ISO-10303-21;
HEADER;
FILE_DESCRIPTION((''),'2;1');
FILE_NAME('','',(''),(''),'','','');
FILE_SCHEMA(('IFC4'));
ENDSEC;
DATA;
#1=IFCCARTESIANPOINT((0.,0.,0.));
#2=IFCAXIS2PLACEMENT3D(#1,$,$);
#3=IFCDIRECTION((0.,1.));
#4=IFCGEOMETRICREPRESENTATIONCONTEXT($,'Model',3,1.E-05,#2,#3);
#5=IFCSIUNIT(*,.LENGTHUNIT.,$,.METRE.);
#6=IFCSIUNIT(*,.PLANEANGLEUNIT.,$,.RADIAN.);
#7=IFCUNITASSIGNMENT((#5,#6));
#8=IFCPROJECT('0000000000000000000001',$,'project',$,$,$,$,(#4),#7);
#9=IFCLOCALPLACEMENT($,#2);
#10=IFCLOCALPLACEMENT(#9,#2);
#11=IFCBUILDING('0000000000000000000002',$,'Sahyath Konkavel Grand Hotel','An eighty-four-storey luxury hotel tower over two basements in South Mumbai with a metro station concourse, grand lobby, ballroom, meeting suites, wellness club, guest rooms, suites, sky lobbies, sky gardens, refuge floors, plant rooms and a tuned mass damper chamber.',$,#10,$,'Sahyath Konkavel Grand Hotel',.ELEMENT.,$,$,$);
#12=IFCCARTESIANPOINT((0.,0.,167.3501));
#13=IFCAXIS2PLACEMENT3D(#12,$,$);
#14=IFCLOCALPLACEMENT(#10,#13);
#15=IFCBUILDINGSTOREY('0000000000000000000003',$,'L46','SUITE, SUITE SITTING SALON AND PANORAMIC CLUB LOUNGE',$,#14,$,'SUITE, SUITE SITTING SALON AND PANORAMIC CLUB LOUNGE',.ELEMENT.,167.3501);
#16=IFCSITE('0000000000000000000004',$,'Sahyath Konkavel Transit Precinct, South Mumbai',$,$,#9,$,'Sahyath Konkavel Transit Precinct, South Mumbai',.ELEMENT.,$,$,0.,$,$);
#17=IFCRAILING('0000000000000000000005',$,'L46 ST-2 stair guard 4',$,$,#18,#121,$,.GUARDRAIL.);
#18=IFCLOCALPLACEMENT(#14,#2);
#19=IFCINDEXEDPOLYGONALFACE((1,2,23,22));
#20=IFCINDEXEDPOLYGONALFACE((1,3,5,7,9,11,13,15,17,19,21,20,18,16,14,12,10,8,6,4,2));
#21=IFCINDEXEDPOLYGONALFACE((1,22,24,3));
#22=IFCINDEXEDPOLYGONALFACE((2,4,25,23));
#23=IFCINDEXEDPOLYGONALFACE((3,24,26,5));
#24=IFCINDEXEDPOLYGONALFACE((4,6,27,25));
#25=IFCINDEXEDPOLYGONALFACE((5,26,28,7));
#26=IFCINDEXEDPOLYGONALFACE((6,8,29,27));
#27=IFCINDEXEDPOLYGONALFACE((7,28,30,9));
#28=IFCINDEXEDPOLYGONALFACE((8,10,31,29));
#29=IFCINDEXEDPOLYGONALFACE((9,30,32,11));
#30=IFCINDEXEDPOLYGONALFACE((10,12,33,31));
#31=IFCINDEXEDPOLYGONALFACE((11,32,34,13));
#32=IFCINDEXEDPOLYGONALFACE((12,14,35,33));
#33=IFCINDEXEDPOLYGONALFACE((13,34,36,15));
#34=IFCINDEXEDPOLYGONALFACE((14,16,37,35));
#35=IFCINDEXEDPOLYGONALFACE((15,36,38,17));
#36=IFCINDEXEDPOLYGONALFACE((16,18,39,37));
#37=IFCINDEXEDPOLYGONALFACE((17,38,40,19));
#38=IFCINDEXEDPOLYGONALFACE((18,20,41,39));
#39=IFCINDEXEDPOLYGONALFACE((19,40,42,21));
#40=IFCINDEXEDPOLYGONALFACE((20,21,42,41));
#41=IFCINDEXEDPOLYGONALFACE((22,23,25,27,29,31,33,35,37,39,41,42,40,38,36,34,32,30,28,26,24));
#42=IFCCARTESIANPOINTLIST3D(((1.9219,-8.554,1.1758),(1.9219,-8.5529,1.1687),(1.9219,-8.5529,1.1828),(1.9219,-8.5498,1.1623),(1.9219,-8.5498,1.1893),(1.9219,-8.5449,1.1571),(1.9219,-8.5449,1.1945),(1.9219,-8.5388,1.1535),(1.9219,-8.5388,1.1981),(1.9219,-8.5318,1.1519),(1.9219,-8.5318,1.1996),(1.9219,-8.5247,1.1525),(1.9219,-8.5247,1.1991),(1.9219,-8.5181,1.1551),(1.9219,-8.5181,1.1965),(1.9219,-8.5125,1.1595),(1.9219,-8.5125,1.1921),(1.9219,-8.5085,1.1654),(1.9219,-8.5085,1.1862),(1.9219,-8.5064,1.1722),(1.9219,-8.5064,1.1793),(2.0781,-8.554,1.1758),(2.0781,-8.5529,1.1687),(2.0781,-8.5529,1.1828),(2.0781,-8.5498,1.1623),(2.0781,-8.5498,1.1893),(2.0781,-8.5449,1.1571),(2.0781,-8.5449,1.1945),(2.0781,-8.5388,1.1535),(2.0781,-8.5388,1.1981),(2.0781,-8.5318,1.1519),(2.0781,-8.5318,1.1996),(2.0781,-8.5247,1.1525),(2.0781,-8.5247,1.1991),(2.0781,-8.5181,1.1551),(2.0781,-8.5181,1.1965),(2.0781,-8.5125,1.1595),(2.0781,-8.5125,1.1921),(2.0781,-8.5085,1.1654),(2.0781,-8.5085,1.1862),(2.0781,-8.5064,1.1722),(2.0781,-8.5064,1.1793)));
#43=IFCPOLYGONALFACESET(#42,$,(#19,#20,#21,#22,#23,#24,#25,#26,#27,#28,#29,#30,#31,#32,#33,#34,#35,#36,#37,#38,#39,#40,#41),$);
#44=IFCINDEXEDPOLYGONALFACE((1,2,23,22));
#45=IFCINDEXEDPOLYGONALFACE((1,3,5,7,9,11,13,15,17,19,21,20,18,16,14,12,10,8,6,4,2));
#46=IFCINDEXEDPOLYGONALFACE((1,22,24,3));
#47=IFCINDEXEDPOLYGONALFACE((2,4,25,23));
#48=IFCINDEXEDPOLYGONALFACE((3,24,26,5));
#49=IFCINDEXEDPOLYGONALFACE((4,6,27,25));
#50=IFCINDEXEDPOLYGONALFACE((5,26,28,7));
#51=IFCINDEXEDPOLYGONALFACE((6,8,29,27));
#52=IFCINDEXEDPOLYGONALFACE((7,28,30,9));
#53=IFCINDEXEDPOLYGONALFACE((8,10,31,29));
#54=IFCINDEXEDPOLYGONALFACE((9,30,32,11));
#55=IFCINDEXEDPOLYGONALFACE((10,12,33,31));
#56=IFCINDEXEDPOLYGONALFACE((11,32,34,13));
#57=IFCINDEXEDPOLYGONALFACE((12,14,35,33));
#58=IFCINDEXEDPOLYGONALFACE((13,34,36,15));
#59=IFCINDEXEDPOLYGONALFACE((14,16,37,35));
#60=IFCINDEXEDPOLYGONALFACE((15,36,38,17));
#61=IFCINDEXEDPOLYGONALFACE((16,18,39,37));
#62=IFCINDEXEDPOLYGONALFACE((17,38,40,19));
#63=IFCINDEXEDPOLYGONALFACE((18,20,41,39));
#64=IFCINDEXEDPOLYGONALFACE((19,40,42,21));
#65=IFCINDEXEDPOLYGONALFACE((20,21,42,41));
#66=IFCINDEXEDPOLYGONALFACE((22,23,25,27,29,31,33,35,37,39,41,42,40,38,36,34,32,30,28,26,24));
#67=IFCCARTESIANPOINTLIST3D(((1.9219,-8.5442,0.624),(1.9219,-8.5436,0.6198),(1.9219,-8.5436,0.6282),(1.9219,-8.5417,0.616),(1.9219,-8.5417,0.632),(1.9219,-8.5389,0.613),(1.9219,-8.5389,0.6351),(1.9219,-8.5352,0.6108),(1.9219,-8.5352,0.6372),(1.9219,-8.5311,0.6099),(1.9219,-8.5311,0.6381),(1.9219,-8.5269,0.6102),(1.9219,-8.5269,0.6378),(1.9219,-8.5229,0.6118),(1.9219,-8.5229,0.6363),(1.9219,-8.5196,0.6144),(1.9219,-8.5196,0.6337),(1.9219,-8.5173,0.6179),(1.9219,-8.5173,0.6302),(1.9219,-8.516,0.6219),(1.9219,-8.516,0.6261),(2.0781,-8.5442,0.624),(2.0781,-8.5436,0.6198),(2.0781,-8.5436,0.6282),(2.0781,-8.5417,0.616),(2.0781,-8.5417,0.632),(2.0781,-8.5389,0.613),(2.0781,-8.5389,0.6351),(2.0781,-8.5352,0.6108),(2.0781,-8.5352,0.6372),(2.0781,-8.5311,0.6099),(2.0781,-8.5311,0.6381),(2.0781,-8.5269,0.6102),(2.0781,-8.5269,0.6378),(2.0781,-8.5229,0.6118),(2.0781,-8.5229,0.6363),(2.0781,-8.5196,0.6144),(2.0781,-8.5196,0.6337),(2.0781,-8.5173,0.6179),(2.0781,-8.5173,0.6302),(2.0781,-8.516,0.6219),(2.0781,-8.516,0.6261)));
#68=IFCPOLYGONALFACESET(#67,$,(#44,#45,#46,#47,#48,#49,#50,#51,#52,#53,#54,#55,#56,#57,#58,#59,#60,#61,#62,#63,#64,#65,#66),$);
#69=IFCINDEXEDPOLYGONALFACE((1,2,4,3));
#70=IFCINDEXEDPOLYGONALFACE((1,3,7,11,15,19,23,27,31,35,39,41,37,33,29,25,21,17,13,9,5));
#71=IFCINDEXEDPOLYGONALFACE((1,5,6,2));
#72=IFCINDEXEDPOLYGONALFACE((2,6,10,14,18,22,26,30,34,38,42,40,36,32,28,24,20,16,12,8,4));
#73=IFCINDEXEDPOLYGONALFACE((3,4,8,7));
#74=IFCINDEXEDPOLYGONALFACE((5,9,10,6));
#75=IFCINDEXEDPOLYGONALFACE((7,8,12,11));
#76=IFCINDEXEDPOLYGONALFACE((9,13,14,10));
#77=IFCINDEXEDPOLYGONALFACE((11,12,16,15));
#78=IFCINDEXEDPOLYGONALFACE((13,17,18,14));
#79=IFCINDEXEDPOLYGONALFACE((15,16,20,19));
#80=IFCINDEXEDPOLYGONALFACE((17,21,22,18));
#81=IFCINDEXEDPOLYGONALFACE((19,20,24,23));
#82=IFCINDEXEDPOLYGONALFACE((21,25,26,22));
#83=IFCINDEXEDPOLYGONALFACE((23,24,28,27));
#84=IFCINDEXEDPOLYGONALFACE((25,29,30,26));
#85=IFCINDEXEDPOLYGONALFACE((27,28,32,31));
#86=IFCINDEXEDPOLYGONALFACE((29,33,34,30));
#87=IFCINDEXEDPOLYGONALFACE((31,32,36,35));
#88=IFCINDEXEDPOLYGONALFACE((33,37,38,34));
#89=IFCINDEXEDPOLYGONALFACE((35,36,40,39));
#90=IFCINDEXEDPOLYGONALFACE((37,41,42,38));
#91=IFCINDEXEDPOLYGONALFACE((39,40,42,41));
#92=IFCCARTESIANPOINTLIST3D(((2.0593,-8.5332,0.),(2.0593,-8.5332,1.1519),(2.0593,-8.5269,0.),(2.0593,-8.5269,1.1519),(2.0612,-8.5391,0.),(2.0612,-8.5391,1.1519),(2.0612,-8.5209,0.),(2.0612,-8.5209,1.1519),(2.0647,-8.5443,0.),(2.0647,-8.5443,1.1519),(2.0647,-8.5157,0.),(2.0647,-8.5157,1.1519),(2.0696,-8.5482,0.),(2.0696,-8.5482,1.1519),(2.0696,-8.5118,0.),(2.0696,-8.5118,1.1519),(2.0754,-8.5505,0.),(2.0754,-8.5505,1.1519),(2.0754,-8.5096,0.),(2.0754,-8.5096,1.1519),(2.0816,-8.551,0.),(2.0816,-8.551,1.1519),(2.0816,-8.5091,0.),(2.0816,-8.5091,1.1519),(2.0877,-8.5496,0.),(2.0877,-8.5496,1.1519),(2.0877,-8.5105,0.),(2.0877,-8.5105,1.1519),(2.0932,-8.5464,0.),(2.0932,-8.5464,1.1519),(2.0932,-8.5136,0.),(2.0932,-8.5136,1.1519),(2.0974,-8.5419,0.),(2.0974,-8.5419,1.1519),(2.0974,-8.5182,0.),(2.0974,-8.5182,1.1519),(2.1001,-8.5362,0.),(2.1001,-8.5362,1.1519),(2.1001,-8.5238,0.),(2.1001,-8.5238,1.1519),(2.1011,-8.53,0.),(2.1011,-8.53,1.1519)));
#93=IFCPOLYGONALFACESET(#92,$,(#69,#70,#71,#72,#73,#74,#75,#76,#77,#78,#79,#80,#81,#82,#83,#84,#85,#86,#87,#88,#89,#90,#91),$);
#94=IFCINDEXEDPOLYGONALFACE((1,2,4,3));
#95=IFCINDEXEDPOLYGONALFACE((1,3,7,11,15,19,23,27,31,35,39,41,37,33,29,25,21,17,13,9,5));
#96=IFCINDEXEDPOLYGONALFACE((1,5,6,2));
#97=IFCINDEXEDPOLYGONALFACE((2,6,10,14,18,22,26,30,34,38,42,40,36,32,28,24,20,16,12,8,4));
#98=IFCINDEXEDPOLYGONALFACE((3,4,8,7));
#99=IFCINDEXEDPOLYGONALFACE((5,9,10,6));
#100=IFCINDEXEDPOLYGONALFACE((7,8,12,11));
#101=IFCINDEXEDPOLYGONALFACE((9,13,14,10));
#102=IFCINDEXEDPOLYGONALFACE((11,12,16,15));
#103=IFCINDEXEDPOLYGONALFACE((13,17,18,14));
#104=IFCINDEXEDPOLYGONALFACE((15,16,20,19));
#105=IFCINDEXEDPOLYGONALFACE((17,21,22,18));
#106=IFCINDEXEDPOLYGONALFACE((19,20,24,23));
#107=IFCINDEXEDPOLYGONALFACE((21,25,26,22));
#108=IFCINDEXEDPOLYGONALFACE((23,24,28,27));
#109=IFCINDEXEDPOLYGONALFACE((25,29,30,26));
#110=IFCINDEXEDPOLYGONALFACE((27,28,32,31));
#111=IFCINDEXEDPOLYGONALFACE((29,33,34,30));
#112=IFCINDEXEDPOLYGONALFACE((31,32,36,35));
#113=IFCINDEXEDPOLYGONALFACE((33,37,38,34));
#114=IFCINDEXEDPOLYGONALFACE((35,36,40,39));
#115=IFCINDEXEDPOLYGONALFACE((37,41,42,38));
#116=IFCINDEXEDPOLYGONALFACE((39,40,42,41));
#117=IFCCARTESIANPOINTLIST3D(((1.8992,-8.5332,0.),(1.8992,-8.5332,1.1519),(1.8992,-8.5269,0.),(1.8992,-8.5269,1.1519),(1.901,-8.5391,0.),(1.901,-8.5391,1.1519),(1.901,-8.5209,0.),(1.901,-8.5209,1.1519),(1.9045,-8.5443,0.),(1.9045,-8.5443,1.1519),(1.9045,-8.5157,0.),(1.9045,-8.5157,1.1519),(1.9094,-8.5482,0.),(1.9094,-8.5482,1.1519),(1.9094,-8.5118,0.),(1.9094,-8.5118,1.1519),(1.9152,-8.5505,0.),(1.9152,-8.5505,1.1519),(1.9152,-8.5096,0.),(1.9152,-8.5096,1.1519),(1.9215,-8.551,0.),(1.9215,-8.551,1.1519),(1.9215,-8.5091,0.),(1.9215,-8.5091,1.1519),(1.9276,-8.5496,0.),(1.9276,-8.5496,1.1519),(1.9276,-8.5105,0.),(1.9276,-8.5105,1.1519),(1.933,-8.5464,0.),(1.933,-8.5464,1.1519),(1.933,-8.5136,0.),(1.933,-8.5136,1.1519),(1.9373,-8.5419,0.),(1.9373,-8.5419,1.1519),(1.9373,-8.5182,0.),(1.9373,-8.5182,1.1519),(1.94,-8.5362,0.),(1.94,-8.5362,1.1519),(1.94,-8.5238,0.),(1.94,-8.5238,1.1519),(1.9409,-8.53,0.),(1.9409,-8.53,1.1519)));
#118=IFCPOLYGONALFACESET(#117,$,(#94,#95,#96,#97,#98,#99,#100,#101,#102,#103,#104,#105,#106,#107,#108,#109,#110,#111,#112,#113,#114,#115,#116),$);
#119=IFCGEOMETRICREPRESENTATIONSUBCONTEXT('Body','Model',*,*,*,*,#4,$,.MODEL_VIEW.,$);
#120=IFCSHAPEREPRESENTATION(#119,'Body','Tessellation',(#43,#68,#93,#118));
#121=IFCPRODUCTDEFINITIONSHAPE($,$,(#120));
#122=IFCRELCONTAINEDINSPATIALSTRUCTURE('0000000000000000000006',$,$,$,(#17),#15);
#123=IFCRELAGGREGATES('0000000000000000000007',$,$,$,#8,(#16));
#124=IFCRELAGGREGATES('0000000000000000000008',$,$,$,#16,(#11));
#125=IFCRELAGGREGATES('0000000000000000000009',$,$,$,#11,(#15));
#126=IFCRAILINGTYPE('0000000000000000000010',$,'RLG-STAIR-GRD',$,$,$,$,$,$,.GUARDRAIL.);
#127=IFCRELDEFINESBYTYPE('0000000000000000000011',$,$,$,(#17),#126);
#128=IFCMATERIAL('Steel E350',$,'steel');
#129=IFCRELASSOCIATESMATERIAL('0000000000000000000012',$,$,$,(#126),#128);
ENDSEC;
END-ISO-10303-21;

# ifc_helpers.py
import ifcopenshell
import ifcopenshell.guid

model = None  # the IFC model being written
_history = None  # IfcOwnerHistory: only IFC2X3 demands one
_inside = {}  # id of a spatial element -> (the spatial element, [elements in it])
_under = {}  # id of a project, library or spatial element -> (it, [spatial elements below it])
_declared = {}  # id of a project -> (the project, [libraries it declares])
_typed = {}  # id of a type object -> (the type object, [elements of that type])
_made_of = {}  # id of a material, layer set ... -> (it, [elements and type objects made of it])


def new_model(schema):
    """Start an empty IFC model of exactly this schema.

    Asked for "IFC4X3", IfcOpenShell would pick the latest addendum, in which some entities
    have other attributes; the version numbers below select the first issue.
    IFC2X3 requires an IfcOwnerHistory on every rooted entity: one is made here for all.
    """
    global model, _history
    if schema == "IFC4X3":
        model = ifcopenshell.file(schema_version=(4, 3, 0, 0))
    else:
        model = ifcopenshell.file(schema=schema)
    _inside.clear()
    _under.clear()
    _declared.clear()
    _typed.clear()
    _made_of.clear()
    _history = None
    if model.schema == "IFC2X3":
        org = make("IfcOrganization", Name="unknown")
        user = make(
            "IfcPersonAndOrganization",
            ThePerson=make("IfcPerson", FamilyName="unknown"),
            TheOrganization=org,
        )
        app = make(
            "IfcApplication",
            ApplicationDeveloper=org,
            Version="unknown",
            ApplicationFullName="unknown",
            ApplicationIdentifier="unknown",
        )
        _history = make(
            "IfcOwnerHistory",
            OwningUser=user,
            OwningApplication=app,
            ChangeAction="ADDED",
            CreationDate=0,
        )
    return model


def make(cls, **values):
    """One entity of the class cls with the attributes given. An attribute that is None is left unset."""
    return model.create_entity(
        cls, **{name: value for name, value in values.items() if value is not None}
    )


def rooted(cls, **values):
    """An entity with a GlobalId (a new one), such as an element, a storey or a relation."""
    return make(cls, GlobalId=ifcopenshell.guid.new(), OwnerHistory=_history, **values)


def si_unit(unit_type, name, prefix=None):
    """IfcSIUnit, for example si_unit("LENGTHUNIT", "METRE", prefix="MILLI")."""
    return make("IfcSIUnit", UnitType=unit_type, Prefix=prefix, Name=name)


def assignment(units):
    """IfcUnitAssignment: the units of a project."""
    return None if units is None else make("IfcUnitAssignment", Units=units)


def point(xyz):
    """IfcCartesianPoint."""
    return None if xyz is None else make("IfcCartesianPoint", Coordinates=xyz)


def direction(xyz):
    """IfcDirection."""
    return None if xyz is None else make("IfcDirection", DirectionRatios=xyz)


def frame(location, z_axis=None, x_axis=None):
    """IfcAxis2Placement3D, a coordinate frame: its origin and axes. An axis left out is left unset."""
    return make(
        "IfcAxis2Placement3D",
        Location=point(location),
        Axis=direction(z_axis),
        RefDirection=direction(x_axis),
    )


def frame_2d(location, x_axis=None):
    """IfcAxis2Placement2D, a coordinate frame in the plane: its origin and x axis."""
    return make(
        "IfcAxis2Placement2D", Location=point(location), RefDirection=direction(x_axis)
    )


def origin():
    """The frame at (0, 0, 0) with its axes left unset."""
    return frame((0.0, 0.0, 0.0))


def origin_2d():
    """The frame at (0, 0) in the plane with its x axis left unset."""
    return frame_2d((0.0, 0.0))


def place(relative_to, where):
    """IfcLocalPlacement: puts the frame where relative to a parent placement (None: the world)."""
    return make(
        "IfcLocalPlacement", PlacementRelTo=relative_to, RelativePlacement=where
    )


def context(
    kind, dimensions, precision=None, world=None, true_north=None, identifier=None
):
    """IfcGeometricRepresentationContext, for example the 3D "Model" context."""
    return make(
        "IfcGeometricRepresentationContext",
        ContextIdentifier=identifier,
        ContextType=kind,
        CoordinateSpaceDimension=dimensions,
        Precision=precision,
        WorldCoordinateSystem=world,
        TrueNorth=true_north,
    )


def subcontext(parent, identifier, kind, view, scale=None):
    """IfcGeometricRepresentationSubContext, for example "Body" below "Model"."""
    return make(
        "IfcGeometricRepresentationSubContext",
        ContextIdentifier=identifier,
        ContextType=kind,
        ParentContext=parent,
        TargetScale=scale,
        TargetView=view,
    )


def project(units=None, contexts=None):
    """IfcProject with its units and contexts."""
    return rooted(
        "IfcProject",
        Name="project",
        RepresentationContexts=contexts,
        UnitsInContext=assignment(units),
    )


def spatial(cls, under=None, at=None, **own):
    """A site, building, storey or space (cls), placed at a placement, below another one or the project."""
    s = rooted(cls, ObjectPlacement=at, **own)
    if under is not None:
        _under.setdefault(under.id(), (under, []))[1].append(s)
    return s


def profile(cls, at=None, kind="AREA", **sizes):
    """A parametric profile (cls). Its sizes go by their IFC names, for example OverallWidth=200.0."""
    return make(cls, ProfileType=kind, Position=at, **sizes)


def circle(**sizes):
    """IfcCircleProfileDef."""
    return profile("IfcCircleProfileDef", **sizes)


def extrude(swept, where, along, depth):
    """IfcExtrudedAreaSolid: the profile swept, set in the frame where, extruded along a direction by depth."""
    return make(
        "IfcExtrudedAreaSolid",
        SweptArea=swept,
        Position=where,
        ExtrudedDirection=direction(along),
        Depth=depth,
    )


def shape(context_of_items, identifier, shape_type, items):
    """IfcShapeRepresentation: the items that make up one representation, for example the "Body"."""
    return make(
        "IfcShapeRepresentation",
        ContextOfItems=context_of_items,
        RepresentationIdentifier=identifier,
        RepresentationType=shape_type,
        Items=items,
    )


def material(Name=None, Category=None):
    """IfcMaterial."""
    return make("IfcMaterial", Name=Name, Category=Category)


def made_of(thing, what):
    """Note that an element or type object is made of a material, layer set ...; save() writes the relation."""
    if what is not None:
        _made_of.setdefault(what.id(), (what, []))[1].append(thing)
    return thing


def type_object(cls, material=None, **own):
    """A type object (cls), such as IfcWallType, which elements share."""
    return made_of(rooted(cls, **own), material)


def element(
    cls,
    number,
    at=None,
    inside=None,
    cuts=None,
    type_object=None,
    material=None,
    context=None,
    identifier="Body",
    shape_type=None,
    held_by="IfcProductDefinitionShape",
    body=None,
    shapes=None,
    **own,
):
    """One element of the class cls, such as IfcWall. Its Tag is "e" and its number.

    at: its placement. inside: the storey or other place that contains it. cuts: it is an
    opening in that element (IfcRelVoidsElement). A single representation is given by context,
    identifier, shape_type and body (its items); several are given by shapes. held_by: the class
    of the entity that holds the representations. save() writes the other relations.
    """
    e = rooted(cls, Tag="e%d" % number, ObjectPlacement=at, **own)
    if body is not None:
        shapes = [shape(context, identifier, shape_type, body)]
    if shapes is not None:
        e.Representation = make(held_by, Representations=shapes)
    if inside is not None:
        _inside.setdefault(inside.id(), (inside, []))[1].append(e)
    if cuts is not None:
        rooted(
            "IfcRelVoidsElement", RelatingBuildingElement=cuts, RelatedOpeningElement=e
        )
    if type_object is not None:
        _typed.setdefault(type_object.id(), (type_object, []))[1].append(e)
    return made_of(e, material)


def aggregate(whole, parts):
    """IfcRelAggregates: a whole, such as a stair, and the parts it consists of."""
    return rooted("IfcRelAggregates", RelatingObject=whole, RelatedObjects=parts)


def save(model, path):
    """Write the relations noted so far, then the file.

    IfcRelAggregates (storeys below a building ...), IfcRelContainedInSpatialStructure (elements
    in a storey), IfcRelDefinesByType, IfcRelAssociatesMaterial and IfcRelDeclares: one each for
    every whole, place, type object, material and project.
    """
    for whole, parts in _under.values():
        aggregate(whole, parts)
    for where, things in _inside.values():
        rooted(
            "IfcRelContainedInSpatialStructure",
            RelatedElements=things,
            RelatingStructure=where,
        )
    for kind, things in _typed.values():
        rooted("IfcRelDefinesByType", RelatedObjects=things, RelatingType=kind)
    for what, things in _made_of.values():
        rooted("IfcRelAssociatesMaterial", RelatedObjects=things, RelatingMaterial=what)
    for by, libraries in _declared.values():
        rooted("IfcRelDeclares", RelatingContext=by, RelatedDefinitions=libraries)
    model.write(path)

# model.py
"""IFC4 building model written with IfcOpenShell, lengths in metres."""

from ifc_helpers import new_model, si_unit, direction, frame, origin, origin_2d, place, context, subcontext, project, spatial, circle, extrude, material, type_object, element, save


model = new_model("IFC4")

# Units and contexts
model_context = context("Model", 3, precision=1e-05, world=origin(), true_north=direction((0.0, 1.0)))
body_context = subcontext(model_context, "Body", "Model", "MODEL_VIEW")
ifc_project = project(units=[si_unit("LENGTHUNIT", "METRE"), si_unit("PLANEANGLEUNIT", "RADIAN")], contexts=[model_context])

# Site, building, storey
site_placement = place(None, origin())
site = spatial("IfcSite", under=ifc_project, at=site_placement, Name="Sahyath Konkavel Transit Precinct, South Mumbai", LongName="Sahyath Konkavel Transit Precinct, South Mumbai", CompositionType="ELEMENT", RefElevation=0.0)
building_placement = place(site_placement, origin())
building = spatial("IfcBuilding", under=site, at=building_placement, Name="Sahyath Konkavel Grand Hotel", Description="An eighty-four-storey luxury hotel tower over two basements in South Mumbai with a metro station concourse, grand lobby, ballroom, meeting suites, wellness club, guest rooms, suites, sky lobbies, sky gardens, refuge floors, plant rooms and a tuned mass damper chamber.", LongName="Sahyath Konkavel Grand Hotel", CompositionType="ELEMENT")
storey_placement = place(building_placement, frame((0.0, 0.0, 167.3501)))
storey = spatial("IfcBuildingStorey", under=building, at=storey_placement, Name="L46", Description="SUITE, SUITE SITTING SALON AND PANORAMIC CLUB LOUNGE", LongName="SUITE, SUITE SITTING SALON AND PANORAMIC CLUB LOUNGE", CompositionType="ELEMENT", Elevation=167.3501)

# Shared definitions
ifc_material_1 = material(Name="Steel E350", Category="steel")

# Railing
railing_type_1 = type_object("IfcRailingType", Name="RLG-STAIR-GRD", PredefinedType="GUARDRAIL", material=ifc_material_1)
railing_1_placement = place(storey_placement, frame((2.0801, -8.53, 0.0)))
element("IfcRailing", 1, at=railing_1_placement, inside=storey, type_object=railing_type_1, Name="L46 ST-2 stair guard 4", PredefinedType="GUARDRAIL", context=body_context, shape_type="SweptSolid", body=[
    extrude(circle(Radius=0.0239, at=origin_2d()), frame((-0.002, 0.0, 1.1758), z_axis=(-1.0, 0.0, 0.0), x_axis=(0.0, -1.0, 0.0)), (0.0, 0.0, 1.0), 0.1562),
    extrude(circle(Radius=0.0142, at=origin_2d()), frame((-0.002, 0.0, 0.624), z_axis=(-1.0, 0.0, 0.0), x_axis=(0.0, -1.0, 0.0)), (0.0, 0.0, 1.0), 0.1562),
    extrude(circle(Radius=0.021, at=origin_2d()), origin(), (0.0, 0.0, 1.0), 1.1519),
    extrude(circle(Radius=0.021, at=origin_2d()), frame((-0.1602, 0.0, 0.0)), (0.0, 0.0, 1.0), 1.1519),
])

save(model, "model.ifc")
